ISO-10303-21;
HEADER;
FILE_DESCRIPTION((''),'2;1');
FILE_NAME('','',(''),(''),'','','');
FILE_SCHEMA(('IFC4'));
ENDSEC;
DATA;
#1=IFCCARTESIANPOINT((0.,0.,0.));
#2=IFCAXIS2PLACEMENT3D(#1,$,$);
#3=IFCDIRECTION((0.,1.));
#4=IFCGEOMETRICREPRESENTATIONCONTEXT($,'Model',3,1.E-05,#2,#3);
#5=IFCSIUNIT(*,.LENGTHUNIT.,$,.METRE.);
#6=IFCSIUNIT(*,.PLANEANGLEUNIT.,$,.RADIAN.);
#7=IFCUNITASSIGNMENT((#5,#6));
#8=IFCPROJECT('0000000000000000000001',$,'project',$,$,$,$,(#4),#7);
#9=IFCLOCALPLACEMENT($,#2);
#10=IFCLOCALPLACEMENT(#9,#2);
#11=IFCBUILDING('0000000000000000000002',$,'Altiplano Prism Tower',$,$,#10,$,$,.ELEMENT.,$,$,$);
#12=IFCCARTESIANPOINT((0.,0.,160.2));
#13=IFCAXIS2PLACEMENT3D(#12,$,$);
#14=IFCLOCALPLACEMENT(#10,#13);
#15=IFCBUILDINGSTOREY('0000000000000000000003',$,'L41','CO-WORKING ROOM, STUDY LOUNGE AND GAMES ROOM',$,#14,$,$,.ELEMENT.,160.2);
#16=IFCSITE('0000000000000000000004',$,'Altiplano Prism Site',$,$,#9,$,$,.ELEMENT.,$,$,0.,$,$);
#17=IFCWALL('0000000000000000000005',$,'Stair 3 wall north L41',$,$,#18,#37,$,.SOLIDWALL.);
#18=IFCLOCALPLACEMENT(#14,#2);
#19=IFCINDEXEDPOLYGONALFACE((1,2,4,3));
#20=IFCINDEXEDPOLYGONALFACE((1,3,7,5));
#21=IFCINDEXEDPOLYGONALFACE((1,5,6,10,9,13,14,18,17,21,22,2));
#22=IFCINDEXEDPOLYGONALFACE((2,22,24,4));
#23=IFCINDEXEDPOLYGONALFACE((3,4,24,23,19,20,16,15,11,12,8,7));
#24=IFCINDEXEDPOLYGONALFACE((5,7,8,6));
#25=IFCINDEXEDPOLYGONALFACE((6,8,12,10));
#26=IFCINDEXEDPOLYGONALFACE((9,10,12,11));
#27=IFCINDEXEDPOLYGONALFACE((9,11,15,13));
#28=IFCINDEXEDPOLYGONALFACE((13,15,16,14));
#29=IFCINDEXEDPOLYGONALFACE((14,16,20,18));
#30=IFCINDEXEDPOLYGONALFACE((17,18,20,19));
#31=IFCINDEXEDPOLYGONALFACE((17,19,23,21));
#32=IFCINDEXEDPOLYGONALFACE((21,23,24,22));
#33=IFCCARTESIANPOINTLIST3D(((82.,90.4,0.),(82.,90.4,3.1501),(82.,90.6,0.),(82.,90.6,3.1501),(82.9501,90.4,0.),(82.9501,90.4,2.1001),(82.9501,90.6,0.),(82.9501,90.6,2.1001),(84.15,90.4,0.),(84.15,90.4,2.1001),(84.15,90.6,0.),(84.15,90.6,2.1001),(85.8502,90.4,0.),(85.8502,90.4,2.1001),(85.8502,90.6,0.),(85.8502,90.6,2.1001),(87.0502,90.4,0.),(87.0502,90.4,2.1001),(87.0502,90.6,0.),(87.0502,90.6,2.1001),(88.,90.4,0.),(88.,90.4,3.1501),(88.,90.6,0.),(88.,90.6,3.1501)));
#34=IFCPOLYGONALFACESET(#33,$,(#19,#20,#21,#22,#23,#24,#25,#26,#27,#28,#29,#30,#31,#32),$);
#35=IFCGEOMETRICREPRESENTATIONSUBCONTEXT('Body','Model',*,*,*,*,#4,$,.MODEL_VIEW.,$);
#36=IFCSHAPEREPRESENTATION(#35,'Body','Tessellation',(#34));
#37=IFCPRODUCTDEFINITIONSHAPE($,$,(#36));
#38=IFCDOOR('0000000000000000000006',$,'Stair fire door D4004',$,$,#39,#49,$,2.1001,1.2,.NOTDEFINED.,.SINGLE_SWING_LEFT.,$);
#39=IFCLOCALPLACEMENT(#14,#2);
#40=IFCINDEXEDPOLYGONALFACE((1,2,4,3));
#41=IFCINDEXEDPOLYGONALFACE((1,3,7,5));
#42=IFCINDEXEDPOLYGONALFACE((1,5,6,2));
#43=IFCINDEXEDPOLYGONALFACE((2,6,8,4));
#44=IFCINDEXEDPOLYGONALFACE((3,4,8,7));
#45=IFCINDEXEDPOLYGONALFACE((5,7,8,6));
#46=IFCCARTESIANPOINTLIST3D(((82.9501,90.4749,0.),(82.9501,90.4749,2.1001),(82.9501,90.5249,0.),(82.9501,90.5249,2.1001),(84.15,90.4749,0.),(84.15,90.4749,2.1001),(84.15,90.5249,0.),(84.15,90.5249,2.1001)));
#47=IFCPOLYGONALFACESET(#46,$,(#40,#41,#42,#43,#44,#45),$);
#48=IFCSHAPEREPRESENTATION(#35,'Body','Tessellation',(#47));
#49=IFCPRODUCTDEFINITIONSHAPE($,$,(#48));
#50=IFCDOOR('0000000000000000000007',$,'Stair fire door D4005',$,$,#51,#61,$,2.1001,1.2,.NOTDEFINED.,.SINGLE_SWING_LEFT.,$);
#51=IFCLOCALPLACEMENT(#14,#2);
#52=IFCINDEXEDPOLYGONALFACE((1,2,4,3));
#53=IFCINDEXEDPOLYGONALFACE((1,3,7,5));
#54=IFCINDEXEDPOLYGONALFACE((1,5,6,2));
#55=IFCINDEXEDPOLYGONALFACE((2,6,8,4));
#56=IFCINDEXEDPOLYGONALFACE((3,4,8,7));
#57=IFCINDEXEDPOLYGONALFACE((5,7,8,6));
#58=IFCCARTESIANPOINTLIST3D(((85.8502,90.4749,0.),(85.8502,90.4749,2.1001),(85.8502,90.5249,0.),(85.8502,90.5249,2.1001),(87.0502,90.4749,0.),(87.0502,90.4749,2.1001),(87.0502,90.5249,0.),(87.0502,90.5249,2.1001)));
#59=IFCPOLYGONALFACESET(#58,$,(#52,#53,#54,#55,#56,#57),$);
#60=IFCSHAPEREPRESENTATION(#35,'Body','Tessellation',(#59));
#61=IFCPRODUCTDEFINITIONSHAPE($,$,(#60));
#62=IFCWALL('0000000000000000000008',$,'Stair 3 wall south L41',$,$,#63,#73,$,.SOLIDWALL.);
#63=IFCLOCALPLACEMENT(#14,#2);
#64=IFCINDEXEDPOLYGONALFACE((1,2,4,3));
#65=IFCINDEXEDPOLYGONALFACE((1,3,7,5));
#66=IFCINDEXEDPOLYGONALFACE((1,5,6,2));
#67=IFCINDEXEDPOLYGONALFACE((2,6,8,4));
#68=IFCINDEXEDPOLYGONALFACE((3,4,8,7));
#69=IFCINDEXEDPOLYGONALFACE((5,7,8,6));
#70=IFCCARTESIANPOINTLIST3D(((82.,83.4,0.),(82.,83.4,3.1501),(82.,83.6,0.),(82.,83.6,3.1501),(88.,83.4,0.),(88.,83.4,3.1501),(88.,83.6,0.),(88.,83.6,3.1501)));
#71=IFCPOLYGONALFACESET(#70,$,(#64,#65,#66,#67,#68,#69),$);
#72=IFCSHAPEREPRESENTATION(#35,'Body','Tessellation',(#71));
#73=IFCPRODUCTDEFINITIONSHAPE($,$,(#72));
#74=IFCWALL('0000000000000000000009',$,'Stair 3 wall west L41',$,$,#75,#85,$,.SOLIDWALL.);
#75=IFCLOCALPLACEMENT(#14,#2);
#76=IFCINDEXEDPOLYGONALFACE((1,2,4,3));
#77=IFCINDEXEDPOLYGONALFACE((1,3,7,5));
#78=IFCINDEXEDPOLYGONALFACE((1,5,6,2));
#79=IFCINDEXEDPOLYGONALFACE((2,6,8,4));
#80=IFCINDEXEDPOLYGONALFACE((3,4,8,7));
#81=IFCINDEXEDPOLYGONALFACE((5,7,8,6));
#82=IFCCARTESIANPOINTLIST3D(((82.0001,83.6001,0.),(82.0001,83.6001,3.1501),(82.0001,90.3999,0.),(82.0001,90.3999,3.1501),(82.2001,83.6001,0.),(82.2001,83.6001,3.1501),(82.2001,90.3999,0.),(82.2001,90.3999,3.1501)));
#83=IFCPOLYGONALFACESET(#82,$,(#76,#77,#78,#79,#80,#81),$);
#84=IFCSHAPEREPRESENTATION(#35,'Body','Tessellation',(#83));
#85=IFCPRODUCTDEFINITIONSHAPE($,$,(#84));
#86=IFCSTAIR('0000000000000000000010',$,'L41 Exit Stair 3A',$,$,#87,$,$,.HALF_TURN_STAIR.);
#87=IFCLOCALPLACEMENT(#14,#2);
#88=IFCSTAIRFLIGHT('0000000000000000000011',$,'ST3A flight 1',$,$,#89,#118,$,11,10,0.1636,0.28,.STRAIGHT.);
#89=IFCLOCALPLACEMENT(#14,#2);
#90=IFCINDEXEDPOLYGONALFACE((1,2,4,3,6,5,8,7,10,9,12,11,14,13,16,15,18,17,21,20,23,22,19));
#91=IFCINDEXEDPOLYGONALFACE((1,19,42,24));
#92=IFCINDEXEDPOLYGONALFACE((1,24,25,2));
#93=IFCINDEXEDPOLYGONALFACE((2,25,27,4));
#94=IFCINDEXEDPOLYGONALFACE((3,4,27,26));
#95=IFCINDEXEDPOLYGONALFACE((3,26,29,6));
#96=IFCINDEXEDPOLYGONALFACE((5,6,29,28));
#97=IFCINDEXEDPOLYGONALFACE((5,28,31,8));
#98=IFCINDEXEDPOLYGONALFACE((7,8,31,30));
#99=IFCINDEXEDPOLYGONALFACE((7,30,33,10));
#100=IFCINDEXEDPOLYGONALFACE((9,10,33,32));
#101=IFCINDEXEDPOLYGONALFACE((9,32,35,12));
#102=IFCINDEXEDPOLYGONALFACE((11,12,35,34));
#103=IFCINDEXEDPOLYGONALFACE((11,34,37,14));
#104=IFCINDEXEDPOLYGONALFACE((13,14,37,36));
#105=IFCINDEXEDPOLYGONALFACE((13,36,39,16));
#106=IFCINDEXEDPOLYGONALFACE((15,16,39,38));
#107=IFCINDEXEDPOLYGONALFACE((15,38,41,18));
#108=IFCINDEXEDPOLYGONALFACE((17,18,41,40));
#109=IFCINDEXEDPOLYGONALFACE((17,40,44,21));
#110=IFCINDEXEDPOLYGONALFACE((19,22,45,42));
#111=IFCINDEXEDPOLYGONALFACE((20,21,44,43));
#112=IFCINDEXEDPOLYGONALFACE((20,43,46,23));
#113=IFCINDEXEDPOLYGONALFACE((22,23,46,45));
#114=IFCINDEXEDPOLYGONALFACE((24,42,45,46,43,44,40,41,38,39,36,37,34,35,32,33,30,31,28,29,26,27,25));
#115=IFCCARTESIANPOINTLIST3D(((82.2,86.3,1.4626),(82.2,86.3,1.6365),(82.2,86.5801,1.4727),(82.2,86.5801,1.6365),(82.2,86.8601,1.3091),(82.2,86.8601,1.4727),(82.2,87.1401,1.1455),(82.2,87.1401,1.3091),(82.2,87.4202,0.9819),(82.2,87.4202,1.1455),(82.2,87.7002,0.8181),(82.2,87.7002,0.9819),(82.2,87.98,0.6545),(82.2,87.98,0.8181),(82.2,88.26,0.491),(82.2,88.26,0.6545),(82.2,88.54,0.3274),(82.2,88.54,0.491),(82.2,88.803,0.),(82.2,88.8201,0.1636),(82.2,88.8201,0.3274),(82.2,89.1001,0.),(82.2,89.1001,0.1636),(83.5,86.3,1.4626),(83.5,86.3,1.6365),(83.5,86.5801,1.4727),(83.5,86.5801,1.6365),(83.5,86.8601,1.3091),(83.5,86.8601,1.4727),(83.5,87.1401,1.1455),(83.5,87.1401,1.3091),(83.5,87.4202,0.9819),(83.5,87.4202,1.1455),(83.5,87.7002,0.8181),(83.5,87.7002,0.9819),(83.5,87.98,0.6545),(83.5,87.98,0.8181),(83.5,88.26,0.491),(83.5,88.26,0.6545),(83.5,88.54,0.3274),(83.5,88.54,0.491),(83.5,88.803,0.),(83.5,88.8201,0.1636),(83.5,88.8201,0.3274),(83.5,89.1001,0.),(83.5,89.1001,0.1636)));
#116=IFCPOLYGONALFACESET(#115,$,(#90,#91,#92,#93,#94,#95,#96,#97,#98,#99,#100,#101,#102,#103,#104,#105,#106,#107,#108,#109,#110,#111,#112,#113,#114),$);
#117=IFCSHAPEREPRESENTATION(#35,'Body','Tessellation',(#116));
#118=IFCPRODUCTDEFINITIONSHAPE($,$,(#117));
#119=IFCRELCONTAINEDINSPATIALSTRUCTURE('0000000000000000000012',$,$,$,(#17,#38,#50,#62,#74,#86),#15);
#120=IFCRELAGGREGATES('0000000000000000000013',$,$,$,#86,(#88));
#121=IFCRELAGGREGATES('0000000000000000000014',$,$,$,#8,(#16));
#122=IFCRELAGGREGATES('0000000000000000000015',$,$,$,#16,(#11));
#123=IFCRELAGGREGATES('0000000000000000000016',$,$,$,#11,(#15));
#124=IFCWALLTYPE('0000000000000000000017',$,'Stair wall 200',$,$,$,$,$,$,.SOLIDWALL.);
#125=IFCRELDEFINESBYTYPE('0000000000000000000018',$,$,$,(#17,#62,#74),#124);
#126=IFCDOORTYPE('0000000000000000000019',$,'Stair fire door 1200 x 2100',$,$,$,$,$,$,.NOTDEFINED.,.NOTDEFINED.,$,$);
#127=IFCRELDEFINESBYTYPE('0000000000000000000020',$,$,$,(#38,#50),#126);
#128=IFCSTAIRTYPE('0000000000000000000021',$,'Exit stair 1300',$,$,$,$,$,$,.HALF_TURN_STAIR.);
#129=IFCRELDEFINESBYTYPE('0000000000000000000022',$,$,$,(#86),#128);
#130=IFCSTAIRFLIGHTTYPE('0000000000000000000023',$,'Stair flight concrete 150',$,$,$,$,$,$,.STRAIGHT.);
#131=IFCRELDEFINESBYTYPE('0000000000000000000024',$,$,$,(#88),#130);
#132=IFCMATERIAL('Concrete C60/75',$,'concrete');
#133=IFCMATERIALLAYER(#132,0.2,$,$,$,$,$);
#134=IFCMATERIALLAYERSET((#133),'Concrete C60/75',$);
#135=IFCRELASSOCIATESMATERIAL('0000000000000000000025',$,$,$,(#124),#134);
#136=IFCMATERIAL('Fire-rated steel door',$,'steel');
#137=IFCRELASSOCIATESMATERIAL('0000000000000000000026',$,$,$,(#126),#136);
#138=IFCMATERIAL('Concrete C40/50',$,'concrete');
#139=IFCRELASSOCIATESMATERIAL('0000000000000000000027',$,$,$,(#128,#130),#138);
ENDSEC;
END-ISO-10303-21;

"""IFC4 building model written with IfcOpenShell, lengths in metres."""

from ifc_helpers import new_model, si_unit, direction, frame, frame_2d, origin, place, context, subcontext, project, spatial, polyline, rectangle, outline, extrude, material, layer, layer_set, type_object, element, fill, aggregate, save


model = new_model("IFC4")

# Units and contexts
model_context = context("Model", 3, precision=1e-05, world=origin(), true_north=direction((0.0, 1.0)))
body_context = subcontext(model_context, "Body", "Model", "MODEL_VIEW")
ifc_project = project(units=[si_unit("LENGTHUNIT", "METRE"), si_unit("PLANEANGLEUNIT", "RADIAN")], contexts=[model_context])

# Site, building, storey
site_placement = place(None, origin())
site = spatial("IfcSite", under=ifc_project, at=site_placement, Name="Altiplano Prism Site", CompositionType="ELEMENT", RefElevation=0.0)
building_placement = place(site_placement, origin())
building = spatial("IfcBuilding", under=site, at=building_placement, Name="Altiplano Prism Tower", CompositionType="ELEMENT")
storey_placement = place(building_placement, frame((0.0, 0.0, 160.2)))
storey = spatial("IfcBuildingStorey", under=building, at=storey_placement, Name="L41", Description="CO-WORKING ROOM, STUDY LOUNGE AND GAMES ROOM", CompositionType="ELEMENT", Elevation=160.2)

# Shared definitions
ifc_material_1 = material(Name="Concrete C60/75", Category="concrete")

# Wall, openings, doors
ifc_layer_1 = layer(ifc_material_1, 0.2)
ifc_layer_set_1 = layer_set([ifc_layer_1], Name="Concrete C60/75")
wall_type_1 = type_object("IfcWallType", Name="Stair wall 200", PredefinedType="SOLIDWALL", material=ifc_layer_set_1)
wall_1_placement = place(storey_placement, frame((82.0, 90.5, 0.0), z_axis=(0.0, 0.0, 1.0), x_axis=(1.0, 0.0, 0.0)))
wall_1 = element("IfcWall", 1, at=wall_1_placement, inside=storey, type_object=wall_type_1, Name="Stair 3 wall north L41", PredefinedType="SOLIDWALL", context=body_context, shape_type="SweptSolid", body=[
    extrude(rectangle(XDim=6.0, YDim=0.2, at=frame_2d((3.0, 0.0))), origin(), (0.0, 0.0, 1.0), 3.1501),
])
opening_1_placement = place(wall_1_placement, frame((0.95, 0.0, 0.0)))
opening_1 = element("IfcOpeningElement", 2, at=opening_1_placement, cuts=wall_1, PredefinedType="OPENING", context=body_context, shape_type="SweptSolid", body=[
    extrude(rectangle(XDim=1.2, YDim=2.1001, at=frame_2d((0.6001, 1.05))), frame((0.0, 0.1104, 0.0), z_axis=(0.0, -1.0, 0.0), x_axis=(1.0, 0.0, 0.0)), (0.0, 0.0, 1.0), 0.2209),
])
opening_2_placement = place(wall_1_placement, frame((3.8501, 0.0, 0.0)))
opening_2 = element("IfcOpeningElement", 3, at=opening_2_placement, cuts=wall_1, PredefinedType="OPENING", context=body_context, shape_type="SweptSolid", body=[
    extrude(rectangle(XDim=1.2, YDim=2.1001, at=frame_2d((0.6001, 1.05))), frame((0.0, 0.1104, 0.0), z_axis=(0.0, -1.0, 0.0), x_axis=(1.0, 0.0, 0.0)), (0.0, 0.0, 1.0), 0.2209),
])
ifc_material_2 = material(Name="Fire-rated steel door", Category="steel")
door_type_1 = type_object("IfcDoorType", Name="Stair fire door 1200 x 2100", OperationType="NOTDEFINED", PredefinedType="NOTDEFINED", material=ifc_material_2)
door_1_placement = place(opening_1_placement, origin())
door_1 = element("IfcDoor", 4, at=door_1_placement, inside=storey, type_object=door_type_1, Name="Stair fire door D4004", OperationType="SINGLE_SWING_LEFT", OverallHeight=2.1001, OverallWidth=1.2, PredefinedType="NOTDEFINED", context=body_context, shape_type="SweptSolid", body=[
    extrude(rectangle(XDim=1.2, YDim=2.1001, at=frame_2d((0.6001, 1.05))), frame((0.0, 0.0249, 0.0), z_axis=(0.0, -1.0, 0.0), x_axis=(1.0, 0.0, 0.0)), (0.0, 0.0, 1.0), 0.05),
])
fill(opening_1, door_1)
door_2_placement = place(opening_2_placement, origin())
door_2 = element("IfcDoor", 5, at=door_2_placement, inside=storey, type_object=door_type_1, Name="Stair fire door D4005", OperationType="SINGLE_SWING_LEFT", OverallHeight=2.1001, OverallWidth=1.2, PredefinedType="NOTDEFINED", context=body_context, shape_type="SweptSolid", body=[
    extrude(rectangle(XDim=1.2, YDim=2.1001, at=frame_2d((0.6001, 1.05))), frame((0.0, 0.0249, 0.0), z_axis=(0.0, -1.0, 0.0), x_axis=(1.0, 0.0, 0.0)), (0.0, 0.0, 1.0), 0.05),
])
fill(opening_2, door_2)

# Walls
wall_2_placement = place(storey_placement, frame((82.0, 83.5, 0.0), z_axis=(0.0, 0.0, 1.0), x_axis=(1.0, 0.0, 0.0)))
element("IfcWall", 6, at=wall_2_placement, inside=storey, type_object=wall_type_1, Name="Stair 3 wall south L41", PredefinedType="SOLIDWALL", context=body_context, shape_type="SweptSolid", body=[
    extrude(rectangle(XDim=6.0, YDim=0.2, at=frame_2d((3.0, 0.0))), origin(), (0.0, 0.0, 1.0), 3.1501),
])
wall_3_placement = place(storey_placement, frame((82.1001, 83.6001, 0.0), z_axis=(0.0, 0.0, 1.0), x_axis=(0.0, 1.0, 0.0)))
element("IfcWall", 7, at=wall_3_placement, inside=storey, type_object=wall_type_1, Name="Stair 3 wall west L41", PredefinedType="SOLIDWALL", context=body_context, shape_type="SweptSolid", body=[
    extrude(rectangle(XDim=6.7998, YDim=0.2, at=frame_2d((3.3999, 0.0))), origin(), (0.0, 0.0, 1.0), 3.1501),
])

# Stair, stair flight
ifc_material_3 = material(Name="Concrete C40/50", Category="concrete")
stair_type = type_object("IfcStairType", Name="Exit stair 1300", PredefinedType="HALF_TURN_STAIR", material=ifc_material_3)
stair_placement = place(storey_placement, origin())
stair = element("IfcStair", 8, at=stair_placement, inside=storey, type_object=stair_type, Name="L41 Exit Stair 3A", PredefinedType="HALF_TURN_STAIR")
stair_flight_type = type_object("IfcStairFlightType", Name="Stair flight concrete 150", PredefinedType="STRAIGHT", material=ifc_material_3)
stair_flight_placement = place(storey_placement, frame((82.8501, 89.1001, 0.0), z_axis=(0.0, 0.0, 1.0), x_axis=(0.0, -1.0, 0.0)))
stair_flight = element("IfcStairFlight", 9, at=stair_flight_placement, type_object=stair_flight_type, Name="ST3A flight 1", NumberOfRisers=11, NumberOfTreads=10, PredefinedType="STRAIGHT", RiserHeight=0.1636, TreadLength=0.28, context=body_context, shape_type="SweptSolid", body=[
    extrude(outline(polyline([(0.0, 0.0), (0.0, 0.1636), (0.28, 0.1636), (0.28, 0.3274), (0.5601, 0.3274), (0.5601, 0.491), (0.8401, 0.491), (0.8401, 0.6545), (1.1201, 0.6545), (1.1201, 0.8181), (1.3999, 0.8181), (1.3999, 0.9819), (1.6799, 0.9819), (1.6799, 1.1455), (1.96, 1.1455), (1.96, 1.3091), (2.24, 1.3091), (2.24, 1.4727), (2.52, 1.4727), (2.52, 1.6365), (2.8, 1.6365), (2.8, 1.8), (2.8, 1.4626), (0.2971, 0.0), (0.0, 0.0)])), frame((0.0, 0.6499, 0.0), z_axis=(0.0, -1.0, 0.0), x_axis=(1.0, 0.0, 0.0)), (0.0, 0.0, 1.0), 1.3),
])
aggregate(stair, [stair_flight])

save(model, "model.ifc")
